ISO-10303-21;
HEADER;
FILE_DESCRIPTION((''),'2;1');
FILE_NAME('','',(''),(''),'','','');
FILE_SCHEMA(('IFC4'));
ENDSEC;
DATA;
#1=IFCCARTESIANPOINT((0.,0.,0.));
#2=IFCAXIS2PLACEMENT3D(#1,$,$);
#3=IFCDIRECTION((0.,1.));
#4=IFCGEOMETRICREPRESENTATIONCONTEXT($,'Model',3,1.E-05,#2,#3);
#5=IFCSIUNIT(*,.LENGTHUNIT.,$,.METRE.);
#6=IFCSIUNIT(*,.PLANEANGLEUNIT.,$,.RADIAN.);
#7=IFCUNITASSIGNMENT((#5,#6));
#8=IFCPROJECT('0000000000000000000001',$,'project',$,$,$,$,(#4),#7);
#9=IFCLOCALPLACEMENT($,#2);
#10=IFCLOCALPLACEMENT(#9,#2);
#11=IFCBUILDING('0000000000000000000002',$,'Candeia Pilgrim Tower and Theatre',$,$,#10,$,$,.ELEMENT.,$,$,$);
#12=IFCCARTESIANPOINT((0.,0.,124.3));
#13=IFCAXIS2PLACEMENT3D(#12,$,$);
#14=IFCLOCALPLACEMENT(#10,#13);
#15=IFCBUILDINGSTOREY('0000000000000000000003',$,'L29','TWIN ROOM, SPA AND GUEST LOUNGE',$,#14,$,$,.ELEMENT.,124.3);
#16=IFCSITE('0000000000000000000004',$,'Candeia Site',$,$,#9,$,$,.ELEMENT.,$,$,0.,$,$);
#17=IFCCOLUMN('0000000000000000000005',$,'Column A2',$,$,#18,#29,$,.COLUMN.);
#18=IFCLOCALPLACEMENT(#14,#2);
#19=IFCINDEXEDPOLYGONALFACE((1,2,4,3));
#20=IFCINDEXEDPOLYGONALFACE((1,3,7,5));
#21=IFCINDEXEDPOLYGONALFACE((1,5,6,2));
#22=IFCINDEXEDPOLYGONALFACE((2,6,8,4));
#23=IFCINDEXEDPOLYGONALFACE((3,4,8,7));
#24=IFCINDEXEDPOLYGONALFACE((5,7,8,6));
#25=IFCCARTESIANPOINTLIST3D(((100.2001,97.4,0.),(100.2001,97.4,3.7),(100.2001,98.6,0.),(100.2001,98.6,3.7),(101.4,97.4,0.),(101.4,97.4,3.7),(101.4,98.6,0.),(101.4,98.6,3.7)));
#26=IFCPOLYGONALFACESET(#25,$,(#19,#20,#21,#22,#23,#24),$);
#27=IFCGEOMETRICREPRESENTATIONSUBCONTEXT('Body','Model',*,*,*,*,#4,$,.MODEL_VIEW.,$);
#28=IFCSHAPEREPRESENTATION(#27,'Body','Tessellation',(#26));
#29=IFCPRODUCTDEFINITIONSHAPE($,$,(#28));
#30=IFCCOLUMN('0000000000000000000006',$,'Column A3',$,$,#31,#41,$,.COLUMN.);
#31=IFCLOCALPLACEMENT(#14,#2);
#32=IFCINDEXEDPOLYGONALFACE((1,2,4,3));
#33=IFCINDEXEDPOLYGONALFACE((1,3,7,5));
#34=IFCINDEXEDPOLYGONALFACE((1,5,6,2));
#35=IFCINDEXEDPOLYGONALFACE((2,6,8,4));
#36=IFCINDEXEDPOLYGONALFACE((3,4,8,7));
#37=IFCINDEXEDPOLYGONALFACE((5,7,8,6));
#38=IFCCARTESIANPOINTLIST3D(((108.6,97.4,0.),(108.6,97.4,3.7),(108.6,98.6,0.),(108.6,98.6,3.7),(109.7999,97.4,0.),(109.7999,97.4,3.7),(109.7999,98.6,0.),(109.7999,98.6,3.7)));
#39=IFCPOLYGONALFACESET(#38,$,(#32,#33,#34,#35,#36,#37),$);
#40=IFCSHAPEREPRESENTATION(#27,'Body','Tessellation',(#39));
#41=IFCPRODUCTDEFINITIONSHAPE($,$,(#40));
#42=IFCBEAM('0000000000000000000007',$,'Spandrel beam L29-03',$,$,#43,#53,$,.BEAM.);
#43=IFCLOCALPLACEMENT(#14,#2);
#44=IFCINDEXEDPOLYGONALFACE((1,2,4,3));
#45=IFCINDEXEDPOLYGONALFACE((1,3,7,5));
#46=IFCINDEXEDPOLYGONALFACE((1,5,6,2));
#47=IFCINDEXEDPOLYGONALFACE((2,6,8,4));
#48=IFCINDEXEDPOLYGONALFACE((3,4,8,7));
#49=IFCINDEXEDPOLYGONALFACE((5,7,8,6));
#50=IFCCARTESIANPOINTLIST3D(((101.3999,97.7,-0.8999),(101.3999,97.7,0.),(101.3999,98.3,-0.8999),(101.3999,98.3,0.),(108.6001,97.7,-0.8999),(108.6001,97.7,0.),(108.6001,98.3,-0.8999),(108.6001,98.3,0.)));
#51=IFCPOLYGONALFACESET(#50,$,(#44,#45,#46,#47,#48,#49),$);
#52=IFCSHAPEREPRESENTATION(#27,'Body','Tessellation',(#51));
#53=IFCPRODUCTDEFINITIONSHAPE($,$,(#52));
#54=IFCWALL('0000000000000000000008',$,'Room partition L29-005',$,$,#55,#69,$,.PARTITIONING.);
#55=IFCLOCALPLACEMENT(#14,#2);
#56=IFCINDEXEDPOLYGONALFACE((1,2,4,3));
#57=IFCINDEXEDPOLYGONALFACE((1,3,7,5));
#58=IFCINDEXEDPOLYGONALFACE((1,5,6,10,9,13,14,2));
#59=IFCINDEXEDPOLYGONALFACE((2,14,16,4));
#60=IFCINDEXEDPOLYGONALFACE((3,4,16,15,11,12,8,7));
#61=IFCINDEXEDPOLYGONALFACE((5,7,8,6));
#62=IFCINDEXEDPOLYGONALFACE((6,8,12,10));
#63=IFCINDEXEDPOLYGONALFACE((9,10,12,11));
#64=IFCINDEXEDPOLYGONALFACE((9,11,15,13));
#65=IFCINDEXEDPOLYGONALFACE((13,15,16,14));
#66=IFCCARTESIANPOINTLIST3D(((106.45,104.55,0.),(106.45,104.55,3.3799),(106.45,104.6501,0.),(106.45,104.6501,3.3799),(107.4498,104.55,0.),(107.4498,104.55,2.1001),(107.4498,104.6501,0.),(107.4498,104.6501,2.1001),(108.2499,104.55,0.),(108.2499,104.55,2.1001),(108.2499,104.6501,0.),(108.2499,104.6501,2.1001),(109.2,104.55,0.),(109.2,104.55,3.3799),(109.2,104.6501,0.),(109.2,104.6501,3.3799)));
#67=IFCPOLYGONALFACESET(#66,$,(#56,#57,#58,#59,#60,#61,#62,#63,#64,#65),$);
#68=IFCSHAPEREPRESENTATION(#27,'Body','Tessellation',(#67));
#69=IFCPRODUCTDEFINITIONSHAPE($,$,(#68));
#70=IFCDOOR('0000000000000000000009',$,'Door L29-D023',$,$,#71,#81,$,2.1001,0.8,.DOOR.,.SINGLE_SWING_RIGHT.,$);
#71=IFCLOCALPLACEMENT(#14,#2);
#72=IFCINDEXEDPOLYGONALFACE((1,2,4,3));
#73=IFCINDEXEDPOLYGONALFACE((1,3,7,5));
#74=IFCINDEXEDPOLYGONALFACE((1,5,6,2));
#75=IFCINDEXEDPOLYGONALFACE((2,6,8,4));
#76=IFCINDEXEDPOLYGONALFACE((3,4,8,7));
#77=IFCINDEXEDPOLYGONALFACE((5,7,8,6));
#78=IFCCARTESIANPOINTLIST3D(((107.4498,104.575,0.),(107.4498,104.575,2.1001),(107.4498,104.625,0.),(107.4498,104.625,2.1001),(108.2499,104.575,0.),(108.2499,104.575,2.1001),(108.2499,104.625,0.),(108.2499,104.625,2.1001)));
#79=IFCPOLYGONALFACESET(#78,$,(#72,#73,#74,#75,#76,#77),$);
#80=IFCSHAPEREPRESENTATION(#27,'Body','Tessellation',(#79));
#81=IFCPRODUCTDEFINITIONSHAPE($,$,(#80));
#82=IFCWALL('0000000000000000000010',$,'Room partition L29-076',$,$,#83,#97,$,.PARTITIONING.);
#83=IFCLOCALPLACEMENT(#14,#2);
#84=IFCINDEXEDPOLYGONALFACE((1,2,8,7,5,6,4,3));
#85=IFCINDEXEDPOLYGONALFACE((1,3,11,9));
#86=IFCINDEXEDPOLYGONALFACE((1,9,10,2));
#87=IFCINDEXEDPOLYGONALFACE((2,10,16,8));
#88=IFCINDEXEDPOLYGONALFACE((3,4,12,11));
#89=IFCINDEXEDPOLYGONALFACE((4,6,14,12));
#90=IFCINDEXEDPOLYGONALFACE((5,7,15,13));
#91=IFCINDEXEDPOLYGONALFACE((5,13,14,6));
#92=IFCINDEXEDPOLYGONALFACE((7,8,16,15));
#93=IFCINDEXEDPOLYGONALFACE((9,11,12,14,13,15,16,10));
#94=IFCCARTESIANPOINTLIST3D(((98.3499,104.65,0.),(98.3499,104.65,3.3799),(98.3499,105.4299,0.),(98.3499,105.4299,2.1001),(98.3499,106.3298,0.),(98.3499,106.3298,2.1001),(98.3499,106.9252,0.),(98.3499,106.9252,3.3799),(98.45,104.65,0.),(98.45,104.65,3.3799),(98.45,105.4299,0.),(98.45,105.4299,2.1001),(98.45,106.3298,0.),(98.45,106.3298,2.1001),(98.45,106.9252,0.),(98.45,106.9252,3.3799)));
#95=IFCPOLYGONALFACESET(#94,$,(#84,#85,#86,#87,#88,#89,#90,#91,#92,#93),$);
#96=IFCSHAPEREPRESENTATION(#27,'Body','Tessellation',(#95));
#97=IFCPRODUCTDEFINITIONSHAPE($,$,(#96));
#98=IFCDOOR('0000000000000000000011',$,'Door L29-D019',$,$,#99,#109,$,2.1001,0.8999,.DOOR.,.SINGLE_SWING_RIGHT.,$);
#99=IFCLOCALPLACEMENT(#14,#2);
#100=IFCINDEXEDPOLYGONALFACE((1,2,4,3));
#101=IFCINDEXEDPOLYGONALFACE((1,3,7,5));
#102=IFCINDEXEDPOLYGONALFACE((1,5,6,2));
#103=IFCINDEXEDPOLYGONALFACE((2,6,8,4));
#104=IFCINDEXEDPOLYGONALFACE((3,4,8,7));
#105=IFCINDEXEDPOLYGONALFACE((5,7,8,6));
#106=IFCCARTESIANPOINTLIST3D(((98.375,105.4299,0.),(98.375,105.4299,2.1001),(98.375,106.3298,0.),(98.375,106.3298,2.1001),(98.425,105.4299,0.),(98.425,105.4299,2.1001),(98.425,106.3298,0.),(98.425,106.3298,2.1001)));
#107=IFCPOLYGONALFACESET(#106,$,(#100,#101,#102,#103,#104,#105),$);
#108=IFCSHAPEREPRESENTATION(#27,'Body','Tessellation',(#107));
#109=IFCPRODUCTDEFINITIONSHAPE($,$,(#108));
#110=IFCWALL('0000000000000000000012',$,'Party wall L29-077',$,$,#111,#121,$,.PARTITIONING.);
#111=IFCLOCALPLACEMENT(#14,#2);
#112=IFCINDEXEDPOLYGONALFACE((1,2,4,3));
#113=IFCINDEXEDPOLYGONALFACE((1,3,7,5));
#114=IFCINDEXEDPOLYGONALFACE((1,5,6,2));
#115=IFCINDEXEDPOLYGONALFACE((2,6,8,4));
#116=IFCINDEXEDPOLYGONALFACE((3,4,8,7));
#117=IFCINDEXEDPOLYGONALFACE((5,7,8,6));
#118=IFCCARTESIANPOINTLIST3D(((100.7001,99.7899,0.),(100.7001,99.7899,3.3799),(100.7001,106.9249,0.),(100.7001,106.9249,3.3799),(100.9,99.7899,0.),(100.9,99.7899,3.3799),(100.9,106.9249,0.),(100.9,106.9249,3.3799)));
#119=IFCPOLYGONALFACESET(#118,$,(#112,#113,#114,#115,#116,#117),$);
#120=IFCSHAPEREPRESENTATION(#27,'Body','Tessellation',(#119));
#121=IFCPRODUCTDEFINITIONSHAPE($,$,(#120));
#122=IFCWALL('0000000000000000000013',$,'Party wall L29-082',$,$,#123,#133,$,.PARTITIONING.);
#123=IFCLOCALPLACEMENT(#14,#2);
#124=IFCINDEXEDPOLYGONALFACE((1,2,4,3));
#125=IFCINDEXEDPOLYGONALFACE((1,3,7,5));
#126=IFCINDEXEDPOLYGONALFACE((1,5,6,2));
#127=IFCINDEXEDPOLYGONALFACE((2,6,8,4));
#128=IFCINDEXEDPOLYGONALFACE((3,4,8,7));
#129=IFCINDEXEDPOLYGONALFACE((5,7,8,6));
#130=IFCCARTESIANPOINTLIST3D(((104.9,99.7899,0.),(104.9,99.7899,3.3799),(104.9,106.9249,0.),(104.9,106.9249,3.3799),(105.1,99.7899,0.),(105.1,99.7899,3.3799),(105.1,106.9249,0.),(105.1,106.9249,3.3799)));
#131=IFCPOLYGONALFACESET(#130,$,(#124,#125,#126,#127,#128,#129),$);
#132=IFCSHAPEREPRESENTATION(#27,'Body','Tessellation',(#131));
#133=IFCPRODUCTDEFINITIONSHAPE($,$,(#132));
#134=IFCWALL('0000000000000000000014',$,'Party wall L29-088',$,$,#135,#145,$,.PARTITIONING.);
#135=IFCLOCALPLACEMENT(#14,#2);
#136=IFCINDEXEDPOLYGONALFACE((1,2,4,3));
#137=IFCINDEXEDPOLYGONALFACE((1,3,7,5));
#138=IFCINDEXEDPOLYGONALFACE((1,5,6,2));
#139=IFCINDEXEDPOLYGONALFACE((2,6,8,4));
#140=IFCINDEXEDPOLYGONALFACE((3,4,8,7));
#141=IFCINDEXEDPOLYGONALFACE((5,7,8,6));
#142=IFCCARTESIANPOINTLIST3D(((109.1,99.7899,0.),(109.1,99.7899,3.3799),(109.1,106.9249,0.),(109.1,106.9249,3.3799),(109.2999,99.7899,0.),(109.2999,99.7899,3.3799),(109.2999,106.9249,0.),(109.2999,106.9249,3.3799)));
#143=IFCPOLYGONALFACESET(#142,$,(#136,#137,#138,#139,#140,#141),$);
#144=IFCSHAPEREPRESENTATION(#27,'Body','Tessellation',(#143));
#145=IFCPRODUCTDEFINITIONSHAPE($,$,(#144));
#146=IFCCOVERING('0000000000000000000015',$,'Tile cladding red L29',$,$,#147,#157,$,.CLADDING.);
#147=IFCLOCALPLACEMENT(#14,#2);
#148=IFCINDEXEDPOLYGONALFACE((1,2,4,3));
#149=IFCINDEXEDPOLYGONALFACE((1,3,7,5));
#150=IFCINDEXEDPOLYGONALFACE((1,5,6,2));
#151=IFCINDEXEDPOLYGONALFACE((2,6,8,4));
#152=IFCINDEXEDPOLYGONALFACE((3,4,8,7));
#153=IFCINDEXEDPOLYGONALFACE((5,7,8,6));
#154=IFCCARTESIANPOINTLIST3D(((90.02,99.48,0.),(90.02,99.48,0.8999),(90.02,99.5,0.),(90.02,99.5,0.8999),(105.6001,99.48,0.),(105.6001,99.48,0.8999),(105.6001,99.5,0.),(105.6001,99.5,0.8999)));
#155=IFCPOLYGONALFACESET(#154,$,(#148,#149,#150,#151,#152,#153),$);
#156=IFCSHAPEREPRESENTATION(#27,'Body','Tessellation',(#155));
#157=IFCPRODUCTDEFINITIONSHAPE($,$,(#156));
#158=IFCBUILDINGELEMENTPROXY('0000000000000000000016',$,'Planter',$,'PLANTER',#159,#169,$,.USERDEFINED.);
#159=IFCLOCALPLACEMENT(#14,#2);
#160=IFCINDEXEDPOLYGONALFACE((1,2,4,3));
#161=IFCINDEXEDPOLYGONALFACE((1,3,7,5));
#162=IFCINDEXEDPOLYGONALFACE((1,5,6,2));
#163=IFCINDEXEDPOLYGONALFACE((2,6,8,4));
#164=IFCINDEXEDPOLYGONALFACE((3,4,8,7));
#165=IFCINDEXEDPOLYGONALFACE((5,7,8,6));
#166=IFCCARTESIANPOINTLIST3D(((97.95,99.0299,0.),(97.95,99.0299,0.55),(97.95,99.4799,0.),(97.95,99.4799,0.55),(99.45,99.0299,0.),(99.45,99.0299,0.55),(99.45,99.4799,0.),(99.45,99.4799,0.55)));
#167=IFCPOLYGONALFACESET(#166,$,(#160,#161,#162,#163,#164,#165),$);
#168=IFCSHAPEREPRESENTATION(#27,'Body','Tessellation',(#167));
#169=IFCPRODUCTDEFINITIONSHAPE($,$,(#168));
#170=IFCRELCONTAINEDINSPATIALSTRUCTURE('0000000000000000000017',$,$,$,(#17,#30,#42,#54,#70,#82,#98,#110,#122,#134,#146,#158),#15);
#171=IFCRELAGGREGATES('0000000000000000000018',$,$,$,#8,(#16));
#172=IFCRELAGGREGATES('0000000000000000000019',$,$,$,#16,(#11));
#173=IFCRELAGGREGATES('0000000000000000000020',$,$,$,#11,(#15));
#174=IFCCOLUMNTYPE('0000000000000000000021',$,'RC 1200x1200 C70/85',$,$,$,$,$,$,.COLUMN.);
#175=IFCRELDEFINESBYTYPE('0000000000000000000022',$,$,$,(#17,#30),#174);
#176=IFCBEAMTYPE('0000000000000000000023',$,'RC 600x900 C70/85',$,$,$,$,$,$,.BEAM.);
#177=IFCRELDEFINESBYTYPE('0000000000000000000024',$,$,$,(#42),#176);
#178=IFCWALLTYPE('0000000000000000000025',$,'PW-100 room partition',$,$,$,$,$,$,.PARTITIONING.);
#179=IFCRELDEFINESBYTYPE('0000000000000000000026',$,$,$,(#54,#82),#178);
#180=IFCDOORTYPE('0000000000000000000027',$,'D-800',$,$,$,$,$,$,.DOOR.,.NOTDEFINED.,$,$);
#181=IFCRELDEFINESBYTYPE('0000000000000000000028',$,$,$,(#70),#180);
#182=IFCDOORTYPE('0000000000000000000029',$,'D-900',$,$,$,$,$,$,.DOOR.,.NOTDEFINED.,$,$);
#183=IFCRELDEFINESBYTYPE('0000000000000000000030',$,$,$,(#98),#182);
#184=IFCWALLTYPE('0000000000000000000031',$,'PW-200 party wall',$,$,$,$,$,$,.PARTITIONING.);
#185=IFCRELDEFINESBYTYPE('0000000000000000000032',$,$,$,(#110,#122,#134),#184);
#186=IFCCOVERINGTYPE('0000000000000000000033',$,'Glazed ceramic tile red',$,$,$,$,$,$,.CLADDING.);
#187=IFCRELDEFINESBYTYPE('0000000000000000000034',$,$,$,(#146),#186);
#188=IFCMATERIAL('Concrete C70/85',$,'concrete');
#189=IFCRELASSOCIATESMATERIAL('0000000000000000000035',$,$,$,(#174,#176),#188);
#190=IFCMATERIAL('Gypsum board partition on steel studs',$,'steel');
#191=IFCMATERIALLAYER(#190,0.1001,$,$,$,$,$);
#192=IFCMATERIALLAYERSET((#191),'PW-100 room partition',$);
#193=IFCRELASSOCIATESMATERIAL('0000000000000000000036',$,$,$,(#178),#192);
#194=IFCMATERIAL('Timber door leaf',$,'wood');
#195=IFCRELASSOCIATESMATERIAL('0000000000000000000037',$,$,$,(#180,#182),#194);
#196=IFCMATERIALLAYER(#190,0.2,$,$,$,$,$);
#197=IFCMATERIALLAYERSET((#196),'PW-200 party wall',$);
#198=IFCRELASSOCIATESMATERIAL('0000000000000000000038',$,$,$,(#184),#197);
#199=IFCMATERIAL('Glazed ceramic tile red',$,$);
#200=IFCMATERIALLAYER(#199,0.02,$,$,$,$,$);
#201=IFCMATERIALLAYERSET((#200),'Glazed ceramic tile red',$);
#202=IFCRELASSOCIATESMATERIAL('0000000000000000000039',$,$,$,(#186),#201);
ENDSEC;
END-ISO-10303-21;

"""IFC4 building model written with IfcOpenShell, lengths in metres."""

from ifc_helpers import new_model, si_unit, direction, frame, frame_2d, origin, origin_2d, place, context, subcontext, project, spatial, rectangle, extrude, material, layer, layer_set, material_profile, profile_set, type_object, element, fill, save


model = new_model("IFC4")

# Units and contexts
model_context = context("Model", 3, precision=1e-05, world=origin(), true_north=direction((0.0, 1.0)))
body_context = subcontext(model_context, "Body", "Model", "MODEL_VIEW")
ifc_project = project(units=[si_unit("LENGTHUNIT", "METRE"), si_unit("PLANEANGLEUNIT", "RADIAN")], contexts=[model_context])

# Site, building, storey
site_placement = place(None, origin())
site = spatial("IfcSite", under=ifc_project, at=site_placement, Name="Candeia Site", CompositionType="ELEMENT", RefElevation=0.0)
building_placement = place(site_placement, origin())
building = spatial("IfcBuilding", under=site, at=building_placement, Name="Candeia Pilgrim Tower and Theatre", CompositionType="ELEMENT")
storey_placement = place(building_placement, frame((0.0, 0.0, 124.3)))
storey = spatial("IfcBuildingStorey", under=building, at=storey_placement, Name="L29", Description="TWIN ROOM, SPA AND GUEST LOUNGE", CompositionType="ELEMENT", Elevation=124.3)

# Columns
ifc_material_1 = material(Name="Concrete C70/85", Category="concrete")
ifc_material_profile_1 = material_profile(ifc_material_1, rectangle(XDim=1.2, YDim=1.2, at=origin_2d()))
ifc_profile_set_1 = profile_set([ifc_material_profile_1], Name="Concrete C70/85")
column_type = type_object("IfcColumnType", Name="RC 1200x1200 C70/85", PredefinedType="COLUMN", material=ifc_profile_set_1)
for number, where, z_axis, x_axis, name in (
    (1, (100.8, 98.0, 0.0), (0.0, 0.0, 1.0), (1.0, 0.0, 0.0), "Column A2"),
    (2, (109.2, 98.0, 0.0), (0.0, 0.0, 1.0), (1.0, 0.0, 0.0), "Column A3"),
):
    element("IfcColumn", number, at=place(storey_placement, frame(where, z_axis=z_axis, x_axis=x_axis)), inside=storey, type_object=column_type, Name=name, PredefinedType="COLUMN", context=body_context, shape_type="SweptSolid", body=[
        extrude(rectangle(XDim=1.2, YDim=1.2, at=origin_2d()), origin(), (0.0, 0.0, 1.0), 3.7),
    ])

# Beam
ifc_material_profile_2 = material_profile(ifc_material_1, rectangle(XDim=0.6001, YDim=0.8999, at=origin_2d()))
ifc_profile_set_2 = profile_set([ifc_material_profile_2], Name="Concrete C70/85")
beam_type = type_object("IfcBeamType", Name="RC 600x900 C70/85", PredefinedType="BEAM", material=ifc_profile_set_2)
beam_placement = place(storey_placement, frame((101.3999, 98.0, -0.45), z_axis=(1.0, 0.0, 0.0), x_axis=(0.0, 1.0, 0.0)))
element("IfcBeam", 3, at=beam_placement, inside=storey, type_object=beam_type, Name="Spandrel beam L29-03", PredefinedType="BEAM", context=body_context, shape_type="SweptSolid", body=[
    extrude(rectangle(XDim=0.6001, YDim=0.8999, at=origin_2d()), origin(), (0.0, 0.0, 1.0), 7.2002),
])

# Walls, openings, doors
ifc_material_2 = material(Name="Gypsum board partition on steel studs", Category="steel")
ifc_layer_1 = layer(ifc_material_2, 0.1001)
ifc_layer_set_1 = layer_set([ifc_layer_1], Name="PW-100 room partition")
wall_type_1 = type_object("IfcWallType", Name="PW-100 room partition", PredefinedType="PARTITIONING", material=ifc_layer_set_1)
wall_1_placement = place(storey_placement, frame((106.45, 104.6001, 0.0), z_axis=(0.0, 0.0, 1.0), x_axis=(1.0, 0.0, 0.0)))
wall_1 = element("IfcWall", 4, at=wall_1_placement, inside=storey, type_object=wall_type_1, Name="Room partition L29-005", PredefinedType="PARTITIONING", context=body_context, shape_type="SweptSolid", body=[
    extrude(rectangle(XDim=2.75, YDim=0.1001, at=frame_2d((1.375, 0.0))), origin(), (0.0, 0.0, 1.0), 3.3799),
])
opening_1_placement = place(wall_1_placement, frame((1.0, 0.0, 0.0)))
opening_1 = element("IfcOpeningElement", 5, at=opening_1_placement, cuts=wall_1, PredefinedType="OPENING", context=body_context, shape_type="SweptSolid", body=[
    extrude(rectangle(XDim=0.8, YDim=2.1001, at=frame_2d((0.3999, 1.05))), frame((0.0, 0.0601, 0.0), z_axis=(0.0, -1.0, 0.0), x_axis=(1.0, 0.0, 0.0)), (0.0, 0.0, 1.0), 0.1201),
])
ifc_material_3 = material(Name="Timber door leaf", Category="wood")
door_type_1 = type_object("IfcDoorType", Name="D-800", OperationType="NOTDEFINED", PredefinedType="DOOR", material=ifc_material_3)
door_1_placement = place(opening_1_placement, origin())
door_1 = element("IfcDoor", 6, at=door_1_placement, inside=storey, type_object=door_type_1, Name="Door L29-D023", OperationType="SINGLE_SWING_RIGHT", OverallHeight=2.1001, OverallWidth=0.8, PredefinedType="DOOR", context=body_context, shape_type="SweptSolid", body=[
    extrude(rectangle(XDim=0.8, YDim=2.1001, at=frame_2d((0.3999, 1.05))), frame((0.0, 0.0249, 0.0), z_axis=(0.0, -1.0, 0.0), x_axis=(1.0, 0.0, 0.0)), (0.0, 0.0, 1.0), 0.05),
])
fill(opening_1, door_1)
wall_2_placement = place(storey_placement, frame((98.3999, 104.6499, 0.0), z_axis=(0.0, 0.0, 1.0), x_axis=(0.0, 1.0, 0.0)))
wall_2 = element("IfcWall", 7, at=wall_2_placement, inside=storey, type_object=wall_type_1, Name="Room partition L29-076", PredefinedType="PARTITIONING", context=body_context, shape_type="SweptSolid", body=[
    extrude(rectangle(XDim=2.2751, YDim=0.1001, at=frame_2d((1.1377, 0.0))), origin(), (0.0, 0.0, 1.0), 3.3799),
])
opening_2_placement = place(wall_2_placement, frame((0.78, 0.0, 0.0)))
opening_2 = element("IfcOpeningElement", 8, at=opening_2_placement, cuts=wall_2, PredefinedType="OPENING", context=body_context, shape_type="SweptSolid", body=[
    extrude(rectangle(XDim=0.8999, YDim=2.1001, at=frame_2d((0.45, 1.05))), frame((0.0, 0.0601, 0.0), z_axis=(0.0, -1.0, 0.0), x_axis=(1.0, 0.0, 0.0)), (0.0, 0.0, 1.0), 0.1201),
])
door_type_2 = type_object("IfcDoorType", Name="D-900", OperationType="NOTDEFINED", PredefinedType="DOOR", material=ifc_material_3)
door_2_placement = place(opening_2_placement, origin())
door_2 = element("IfcDoor", 9, at=door_2_placement, inside=storey, type_object=door_type_2, Name="Door L29-D019", OperationType="SINGLE_SWING_RIGHT", OverallHeight=2.1001, OverallWidth=0.8999, PredefinedType="DOOR", context=body_context, shape_type="SweptSolid", body=[
    extrude(rectangle(XDim=0.8999, YDim=2.1001, at=frame_2d((0.45, 1.05))), frame((0.0, 0.0249, 0.0), z_axis=(0.0, -1.0, 0.0), x_axis=(1.0, 0.0, 0.0)), (0.0, 0.0, 1.0), 0.05),
])
fill(opening_2, door_2)

# Walls
ifc_layer_2 = layer(ifc_material_2, 0.2)
ifc_layer_set_2 = layer_set([ifc_layer_2], Name="PW-200 party wall")
wall_type_2 = type_object("IfcWallType", Name="PW-200 party wall", PredefinedType="PARTITIONING", material=ifc_layer_set_2)
for number, where, z_axis, x_axis, name in (
    (10, (100.8, 99.79, 0.0), (0.0, 0.0, 1.0), (0.0, 1.0, 0.0), "Party wall L29-077"),
    (11, (105.0, 99.79, 0.0), (0.0, 0.0, 1.0), (0.0, 1.0, 0.0), "Party wall L29-082"),
    (12, (109.2, 99.79, 0.0), (0.0, 0.0, 1.0), (0.0, 1.0, 0.0), "Party wall L29-088"),
):
    element("IfcWall", number, at=place(storey_placement, frame(where, z_axis=z_axis, x_axis=x_axis)), inside=storey, type_object=wall_type_2, Name=name, PredefinedType="PARTITIONING", context=body_context, shape_type="SweptSolid", body=[
        extrude(rectangle(XDim=7.135, YDim=0.2, at=frame_2d((3.5674, 0.0))), origin(), (0.0, 0.0, 1.0), 3.3799),
    ])

# Covering
ifc_material_4 = material(Name="Glazed ceramic tile red")
ifc_layer_3 = layer(ifc_material_4, 0.02)
ifc_layer_set_3 = layer_set([ifc_layer_3], Name="Glazed ceramic tile red")
covering_type = type_object("IfcCoveringType", Name="Glazed ceramic tile red", PredefinedType="CLADDING", material=ifc_layer_set_3)
covering_placement = place(storey_placement, frame((97.8101, 99.49, 0.0), z_axis=(0.0, 0.0, 1.0), x_axis=(1.0, 0.0, 0.0)))
element("IfcCovering", 13, at=covering_placement, inside=storey, type_object=covering_type, Name="Tile cladding red L29", PredefinedType="CLADDING", context=body_context, shape_type="SweptSolid", body=[
    extrude(rectangle(XDim=15.5801, YDim=0.02, at=origin_2d()), origin(), (0.0, 0.0, 1.0), 0.8999),
])

# Building element proxy
proxy_placement = place(storey_placement, frame((98.7, 99.2549, 0.0), z_axis=(0.0, 0.0, 1.0), x_axis=(1.0, 0.0, 0.0)))
element("IfcBuildingElementProxy", 14, at=proxy_placement, inside=storey, Name="Planter", ObjectType="PLANTER", PredefinedType="USERDEFINED", context=body_context, shape_type="SweptSolid", body=[
    extrude(rectangle(XDim=1.5, YDim=0.45, at=origin_2d()), origin(), (0.0, 0.0, 1.0), 0.55),
])

save(model, "model.ifc")
